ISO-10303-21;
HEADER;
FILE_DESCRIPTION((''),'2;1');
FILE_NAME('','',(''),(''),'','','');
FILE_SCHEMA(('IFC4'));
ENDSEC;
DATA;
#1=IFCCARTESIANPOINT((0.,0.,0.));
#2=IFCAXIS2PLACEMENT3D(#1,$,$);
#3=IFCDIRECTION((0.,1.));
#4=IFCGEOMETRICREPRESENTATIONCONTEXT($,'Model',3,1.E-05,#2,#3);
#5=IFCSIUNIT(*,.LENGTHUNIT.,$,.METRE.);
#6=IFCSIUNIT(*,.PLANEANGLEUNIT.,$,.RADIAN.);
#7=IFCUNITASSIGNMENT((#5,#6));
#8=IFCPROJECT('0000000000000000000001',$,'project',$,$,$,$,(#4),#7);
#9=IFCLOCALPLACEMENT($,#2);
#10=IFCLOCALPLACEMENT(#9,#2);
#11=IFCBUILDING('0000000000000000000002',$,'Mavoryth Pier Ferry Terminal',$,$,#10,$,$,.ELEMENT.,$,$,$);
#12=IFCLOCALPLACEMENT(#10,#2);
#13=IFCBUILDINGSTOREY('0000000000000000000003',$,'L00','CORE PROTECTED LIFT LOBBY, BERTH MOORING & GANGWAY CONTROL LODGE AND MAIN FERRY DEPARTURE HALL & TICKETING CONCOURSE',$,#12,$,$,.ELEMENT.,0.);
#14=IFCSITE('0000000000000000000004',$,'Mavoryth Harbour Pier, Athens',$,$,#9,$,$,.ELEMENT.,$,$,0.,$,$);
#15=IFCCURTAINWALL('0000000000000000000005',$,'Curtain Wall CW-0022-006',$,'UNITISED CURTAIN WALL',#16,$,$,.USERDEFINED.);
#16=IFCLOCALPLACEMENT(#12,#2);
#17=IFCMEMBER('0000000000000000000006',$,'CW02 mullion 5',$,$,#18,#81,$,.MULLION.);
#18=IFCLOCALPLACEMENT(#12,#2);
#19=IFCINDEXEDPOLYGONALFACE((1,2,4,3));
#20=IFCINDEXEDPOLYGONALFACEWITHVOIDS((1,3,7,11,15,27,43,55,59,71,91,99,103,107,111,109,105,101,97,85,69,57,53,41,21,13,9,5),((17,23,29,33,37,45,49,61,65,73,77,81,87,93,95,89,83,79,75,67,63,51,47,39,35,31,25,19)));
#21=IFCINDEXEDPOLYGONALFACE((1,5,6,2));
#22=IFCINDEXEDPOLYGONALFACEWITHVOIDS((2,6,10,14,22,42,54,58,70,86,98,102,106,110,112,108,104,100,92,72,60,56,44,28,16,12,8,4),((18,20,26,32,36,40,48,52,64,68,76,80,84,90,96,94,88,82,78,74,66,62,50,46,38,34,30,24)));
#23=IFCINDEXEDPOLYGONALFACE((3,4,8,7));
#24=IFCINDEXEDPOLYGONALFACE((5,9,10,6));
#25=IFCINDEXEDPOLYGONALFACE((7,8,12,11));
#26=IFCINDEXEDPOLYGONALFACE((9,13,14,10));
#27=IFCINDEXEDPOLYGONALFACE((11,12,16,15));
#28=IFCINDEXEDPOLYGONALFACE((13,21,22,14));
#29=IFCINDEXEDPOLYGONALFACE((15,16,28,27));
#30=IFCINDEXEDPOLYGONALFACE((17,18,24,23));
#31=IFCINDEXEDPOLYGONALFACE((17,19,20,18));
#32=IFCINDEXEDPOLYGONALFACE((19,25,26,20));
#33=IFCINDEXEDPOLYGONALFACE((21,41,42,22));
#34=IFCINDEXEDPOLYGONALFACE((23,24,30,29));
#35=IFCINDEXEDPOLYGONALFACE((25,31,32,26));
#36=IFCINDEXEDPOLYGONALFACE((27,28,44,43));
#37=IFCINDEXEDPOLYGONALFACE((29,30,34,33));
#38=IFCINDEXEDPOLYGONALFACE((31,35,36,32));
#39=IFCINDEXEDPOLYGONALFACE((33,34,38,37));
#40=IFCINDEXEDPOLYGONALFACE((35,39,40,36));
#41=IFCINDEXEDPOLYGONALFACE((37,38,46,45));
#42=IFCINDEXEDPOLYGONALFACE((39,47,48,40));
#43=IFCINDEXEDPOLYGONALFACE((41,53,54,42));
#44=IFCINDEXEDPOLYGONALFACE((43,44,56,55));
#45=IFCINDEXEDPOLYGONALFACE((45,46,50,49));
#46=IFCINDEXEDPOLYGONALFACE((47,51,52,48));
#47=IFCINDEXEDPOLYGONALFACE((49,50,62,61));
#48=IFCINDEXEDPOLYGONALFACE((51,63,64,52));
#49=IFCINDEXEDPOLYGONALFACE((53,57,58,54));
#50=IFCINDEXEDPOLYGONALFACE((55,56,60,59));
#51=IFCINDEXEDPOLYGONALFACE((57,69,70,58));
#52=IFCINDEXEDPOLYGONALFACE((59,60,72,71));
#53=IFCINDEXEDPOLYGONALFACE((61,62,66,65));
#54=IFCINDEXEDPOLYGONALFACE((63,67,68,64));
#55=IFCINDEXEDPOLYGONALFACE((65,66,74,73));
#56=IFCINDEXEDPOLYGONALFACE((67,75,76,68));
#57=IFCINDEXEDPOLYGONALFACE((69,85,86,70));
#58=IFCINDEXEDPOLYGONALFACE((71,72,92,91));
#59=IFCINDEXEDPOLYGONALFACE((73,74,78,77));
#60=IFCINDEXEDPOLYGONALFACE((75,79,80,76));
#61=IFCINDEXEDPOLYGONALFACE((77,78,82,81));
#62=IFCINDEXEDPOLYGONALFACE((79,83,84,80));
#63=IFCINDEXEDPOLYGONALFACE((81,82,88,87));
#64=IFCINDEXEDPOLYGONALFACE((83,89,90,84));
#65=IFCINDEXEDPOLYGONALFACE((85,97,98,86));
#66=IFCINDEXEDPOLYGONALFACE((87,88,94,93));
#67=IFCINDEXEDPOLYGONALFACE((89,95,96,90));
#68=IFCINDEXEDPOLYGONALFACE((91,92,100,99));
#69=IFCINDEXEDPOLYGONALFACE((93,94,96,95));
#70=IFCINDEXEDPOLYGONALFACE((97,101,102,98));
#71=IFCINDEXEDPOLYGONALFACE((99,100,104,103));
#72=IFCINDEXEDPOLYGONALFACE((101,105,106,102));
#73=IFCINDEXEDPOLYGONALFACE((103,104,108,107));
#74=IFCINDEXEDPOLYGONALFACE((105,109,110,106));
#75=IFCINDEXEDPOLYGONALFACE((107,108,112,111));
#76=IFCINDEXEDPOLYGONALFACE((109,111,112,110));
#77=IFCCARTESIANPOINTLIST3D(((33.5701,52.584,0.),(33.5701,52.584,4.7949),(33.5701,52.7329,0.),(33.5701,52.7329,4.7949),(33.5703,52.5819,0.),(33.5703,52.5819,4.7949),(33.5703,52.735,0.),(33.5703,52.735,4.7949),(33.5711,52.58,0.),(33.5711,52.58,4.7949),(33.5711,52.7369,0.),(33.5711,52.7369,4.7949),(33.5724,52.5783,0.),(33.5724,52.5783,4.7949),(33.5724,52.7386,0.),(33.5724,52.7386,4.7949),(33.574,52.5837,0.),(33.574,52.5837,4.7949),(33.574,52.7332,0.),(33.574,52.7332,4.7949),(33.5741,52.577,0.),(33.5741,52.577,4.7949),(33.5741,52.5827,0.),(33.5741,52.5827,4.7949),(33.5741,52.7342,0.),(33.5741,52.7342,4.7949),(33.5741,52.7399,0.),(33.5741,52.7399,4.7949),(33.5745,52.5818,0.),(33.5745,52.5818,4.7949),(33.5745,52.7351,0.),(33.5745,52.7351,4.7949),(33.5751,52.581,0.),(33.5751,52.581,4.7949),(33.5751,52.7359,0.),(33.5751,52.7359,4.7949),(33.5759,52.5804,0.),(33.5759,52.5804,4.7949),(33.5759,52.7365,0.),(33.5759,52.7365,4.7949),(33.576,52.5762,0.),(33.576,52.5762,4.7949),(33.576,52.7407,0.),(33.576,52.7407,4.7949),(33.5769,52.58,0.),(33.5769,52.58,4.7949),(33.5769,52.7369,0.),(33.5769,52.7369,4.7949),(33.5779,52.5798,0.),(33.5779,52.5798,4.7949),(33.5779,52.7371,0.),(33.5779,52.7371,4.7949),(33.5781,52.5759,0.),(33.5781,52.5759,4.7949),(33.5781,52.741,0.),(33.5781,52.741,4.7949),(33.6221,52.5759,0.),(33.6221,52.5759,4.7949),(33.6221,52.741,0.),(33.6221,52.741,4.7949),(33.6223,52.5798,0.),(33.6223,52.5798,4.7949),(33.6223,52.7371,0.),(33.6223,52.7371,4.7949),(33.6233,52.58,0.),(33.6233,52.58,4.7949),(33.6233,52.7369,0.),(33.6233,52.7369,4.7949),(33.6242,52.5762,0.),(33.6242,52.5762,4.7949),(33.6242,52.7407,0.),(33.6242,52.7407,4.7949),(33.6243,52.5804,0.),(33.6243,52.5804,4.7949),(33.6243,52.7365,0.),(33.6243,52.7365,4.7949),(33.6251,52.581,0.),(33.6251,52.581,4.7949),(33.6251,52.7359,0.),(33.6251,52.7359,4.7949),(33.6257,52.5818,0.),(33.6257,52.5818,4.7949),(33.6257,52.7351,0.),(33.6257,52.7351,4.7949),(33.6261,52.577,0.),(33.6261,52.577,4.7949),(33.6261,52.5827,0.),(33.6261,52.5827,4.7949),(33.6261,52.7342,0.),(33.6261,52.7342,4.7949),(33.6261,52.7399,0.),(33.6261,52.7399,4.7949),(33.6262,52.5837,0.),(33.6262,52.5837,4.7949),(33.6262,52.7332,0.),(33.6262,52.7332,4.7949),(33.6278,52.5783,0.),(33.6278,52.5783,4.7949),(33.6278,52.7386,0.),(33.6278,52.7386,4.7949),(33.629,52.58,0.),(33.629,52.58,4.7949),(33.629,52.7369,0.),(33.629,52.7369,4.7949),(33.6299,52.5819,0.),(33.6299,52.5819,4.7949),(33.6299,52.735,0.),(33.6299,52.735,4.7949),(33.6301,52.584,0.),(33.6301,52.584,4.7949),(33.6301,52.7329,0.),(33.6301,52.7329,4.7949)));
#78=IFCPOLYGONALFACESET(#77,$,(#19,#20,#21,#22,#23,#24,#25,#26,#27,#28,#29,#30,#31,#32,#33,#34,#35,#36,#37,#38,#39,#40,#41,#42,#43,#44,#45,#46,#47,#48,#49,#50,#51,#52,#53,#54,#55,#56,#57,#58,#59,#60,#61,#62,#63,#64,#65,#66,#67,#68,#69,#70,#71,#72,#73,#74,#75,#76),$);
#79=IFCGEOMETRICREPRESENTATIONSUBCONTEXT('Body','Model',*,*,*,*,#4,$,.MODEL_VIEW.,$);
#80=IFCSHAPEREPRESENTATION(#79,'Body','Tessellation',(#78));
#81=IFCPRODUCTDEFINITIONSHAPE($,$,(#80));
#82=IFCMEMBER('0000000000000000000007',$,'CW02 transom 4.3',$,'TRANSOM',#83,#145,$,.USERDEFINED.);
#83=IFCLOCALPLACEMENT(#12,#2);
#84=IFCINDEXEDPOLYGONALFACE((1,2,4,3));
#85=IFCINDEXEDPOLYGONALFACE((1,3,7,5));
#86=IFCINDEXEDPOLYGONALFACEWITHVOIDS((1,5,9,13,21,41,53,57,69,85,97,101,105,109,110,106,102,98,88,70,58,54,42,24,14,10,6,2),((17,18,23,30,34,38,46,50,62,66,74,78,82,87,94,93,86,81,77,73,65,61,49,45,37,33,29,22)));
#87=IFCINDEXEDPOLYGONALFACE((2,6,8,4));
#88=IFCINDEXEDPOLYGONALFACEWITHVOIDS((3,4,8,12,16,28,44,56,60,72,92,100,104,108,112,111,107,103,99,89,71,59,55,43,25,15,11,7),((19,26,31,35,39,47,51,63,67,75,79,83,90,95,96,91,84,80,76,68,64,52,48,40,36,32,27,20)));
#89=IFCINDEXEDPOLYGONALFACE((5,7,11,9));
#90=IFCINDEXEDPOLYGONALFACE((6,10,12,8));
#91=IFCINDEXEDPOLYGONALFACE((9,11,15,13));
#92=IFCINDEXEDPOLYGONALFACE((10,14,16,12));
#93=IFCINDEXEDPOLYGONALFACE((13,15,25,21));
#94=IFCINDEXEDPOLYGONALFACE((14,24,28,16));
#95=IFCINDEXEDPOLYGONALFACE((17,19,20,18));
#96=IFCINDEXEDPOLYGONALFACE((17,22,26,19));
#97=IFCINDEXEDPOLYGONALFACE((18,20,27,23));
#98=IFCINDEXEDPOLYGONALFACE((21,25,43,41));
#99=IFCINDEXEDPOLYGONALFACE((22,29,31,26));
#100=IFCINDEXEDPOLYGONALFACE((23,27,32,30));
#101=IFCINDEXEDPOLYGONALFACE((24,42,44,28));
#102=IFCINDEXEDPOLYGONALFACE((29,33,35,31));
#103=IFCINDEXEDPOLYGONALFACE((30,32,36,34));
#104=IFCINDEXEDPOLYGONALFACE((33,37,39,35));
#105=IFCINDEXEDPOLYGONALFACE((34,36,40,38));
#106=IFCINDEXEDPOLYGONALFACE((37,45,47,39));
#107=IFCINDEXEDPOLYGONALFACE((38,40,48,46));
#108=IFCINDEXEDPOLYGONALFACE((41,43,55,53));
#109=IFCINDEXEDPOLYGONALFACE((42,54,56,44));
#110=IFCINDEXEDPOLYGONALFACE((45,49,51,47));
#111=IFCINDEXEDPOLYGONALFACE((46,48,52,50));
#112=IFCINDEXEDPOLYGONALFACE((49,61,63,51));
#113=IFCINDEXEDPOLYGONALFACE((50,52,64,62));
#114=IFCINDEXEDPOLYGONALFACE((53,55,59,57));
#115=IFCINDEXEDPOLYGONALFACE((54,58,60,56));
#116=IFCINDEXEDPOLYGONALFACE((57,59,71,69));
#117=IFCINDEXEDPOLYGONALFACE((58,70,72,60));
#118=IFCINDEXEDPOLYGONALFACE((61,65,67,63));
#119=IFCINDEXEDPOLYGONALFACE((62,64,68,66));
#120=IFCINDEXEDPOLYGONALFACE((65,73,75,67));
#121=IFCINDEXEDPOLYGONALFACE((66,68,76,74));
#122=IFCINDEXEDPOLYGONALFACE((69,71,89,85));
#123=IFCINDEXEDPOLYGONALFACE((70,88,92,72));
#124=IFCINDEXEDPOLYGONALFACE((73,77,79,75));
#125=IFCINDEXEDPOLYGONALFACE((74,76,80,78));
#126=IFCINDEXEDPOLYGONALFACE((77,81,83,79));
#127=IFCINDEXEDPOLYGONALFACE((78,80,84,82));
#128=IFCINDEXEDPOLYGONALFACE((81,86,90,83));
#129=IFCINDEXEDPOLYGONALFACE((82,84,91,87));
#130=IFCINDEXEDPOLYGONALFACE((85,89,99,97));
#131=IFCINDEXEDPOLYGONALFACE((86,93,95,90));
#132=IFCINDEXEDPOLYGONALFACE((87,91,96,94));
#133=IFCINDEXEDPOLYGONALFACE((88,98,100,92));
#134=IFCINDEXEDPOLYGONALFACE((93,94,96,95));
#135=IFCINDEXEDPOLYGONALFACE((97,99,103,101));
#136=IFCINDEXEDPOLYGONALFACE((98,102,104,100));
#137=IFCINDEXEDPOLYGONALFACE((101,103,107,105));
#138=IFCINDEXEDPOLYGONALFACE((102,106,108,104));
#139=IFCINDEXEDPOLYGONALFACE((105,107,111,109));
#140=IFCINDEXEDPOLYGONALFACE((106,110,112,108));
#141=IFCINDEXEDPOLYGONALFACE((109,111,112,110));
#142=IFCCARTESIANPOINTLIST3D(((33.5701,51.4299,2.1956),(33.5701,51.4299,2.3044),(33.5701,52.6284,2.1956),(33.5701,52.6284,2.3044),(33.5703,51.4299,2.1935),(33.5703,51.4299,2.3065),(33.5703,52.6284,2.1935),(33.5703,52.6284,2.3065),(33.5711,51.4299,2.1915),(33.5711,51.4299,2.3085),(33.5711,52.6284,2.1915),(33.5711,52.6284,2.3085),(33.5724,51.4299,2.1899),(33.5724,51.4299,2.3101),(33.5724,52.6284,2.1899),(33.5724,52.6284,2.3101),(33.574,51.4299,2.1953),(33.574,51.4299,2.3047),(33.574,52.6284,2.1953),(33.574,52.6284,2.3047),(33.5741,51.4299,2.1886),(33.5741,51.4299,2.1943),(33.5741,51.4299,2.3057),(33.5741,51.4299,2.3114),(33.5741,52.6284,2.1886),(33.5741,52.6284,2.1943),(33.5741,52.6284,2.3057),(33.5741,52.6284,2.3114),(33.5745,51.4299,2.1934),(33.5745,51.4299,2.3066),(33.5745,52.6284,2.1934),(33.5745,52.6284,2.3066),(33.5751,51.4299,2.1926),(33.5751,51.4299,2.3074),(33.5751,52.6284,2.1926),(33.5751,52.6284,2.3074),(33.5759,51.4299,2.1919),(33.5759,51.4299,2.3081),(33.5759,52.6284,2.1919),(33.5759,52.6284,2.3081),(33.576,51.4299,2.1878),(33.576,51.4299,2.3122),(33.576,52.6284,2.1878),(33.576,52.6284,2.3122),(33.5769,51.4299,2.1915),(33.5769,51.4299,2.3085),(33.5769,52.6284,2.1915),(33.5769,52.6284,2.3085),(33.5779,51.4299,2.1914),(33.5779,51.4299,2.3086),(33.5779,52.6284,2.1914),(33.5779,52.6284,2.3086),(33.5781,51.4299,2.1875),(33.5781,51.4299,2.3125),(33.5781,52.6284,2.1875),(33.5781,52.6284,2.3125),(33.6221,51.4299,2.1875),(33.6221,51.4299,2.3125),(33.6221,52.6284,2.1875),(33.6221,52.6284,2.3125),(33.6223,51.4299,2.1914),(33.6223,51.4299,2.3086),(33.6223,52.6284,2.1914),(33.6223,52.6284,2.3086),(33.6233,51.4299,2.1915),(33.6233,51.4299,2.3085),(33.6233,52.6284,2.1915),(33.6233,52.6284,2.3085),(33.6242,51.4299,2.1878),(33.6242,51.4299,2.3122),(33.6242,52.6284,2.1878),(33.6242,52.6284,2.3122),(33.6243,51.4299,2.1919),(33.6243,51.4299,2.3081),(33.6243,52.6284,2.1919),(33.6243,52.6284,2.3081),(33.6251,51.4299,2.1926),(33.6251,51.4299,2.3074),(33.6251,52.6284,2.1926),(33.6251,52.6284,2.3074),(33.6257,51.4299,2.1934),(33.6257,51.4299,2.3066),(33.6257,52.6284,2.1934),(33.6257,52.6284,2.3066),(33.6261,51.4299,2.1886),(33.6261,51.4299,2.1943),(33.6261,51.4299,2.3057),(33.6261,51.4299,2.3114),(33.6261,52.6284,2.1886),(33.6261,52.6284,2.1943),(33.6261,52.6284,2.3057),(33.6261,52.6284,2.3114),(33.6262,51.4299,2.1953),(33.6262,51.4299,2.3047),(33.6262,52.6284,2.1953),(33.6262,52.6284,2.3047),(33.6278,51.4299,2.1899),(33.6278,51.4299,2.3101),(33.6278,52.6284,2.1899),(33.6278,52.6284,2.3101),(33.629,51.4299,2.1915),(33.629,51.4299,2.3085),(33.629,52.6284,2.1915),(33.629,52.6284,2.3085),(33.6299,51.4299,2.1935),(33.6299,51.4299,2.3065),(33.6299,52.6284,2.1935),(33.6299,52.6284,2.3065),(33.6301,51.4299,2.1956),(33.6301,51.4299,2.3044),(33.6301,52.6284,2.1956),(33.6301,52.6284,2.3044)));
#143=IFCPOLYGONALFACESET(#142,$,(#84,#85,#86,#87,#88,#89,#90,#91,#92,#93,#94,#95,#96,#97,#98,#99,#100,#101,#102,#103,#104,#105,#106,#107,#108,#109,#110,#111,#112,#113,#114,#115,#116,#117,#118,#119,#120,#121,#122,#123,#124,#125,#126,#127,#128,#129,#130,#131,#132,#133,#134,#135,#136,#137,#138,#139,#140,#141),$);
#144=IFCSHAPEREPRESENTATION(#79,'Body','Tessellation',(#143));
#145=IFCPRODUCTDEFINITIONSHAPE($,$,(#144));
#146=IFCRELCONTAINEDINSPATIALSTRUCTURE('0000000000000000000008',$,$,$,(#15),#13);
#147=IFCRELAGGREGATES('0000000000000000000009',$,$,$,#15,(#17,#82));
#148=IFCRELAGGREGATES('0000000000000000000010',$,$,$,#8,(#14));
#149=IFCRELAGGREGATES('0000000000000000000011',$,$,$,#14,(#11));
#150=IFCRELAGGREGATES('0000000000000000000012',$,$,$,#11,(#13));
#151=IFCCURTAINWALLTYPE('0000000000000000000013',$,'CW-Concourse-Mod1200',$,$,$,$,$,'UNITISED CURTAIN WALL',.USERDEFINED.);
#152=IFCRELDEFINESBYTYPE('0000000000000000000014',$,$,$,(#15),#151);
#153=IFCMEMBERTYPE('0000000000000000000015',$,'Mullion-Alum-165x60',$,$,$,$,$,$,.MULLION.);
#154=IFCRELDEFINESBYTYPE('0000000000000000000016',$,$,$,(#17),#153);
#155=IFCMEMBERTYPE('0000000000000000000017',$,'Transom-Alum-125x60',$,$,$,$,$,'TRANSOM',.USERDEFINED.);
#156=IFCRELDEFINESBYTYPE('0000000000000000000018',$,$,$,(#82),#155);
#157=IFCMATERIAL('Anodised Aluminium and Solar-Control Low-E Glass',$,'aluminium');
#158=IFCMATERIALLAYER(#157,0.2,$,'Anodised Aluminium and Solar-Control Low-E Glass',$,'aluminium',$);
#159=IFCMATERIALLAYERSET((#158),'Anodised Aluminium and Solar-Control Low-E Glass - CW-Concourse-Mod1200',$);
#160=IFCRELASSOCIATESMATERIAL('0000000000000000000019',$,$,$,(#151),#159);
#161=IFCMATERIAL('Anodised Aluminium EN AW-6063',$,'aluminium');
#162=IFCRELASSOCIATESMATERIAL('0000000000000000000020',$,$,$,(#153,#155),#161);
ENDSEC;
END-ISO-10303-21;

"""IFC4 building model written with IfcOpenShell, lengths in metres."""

from ifc_helpers import new_model, si_unit, direction, frame, origin, origin_2d, place, context, subcontext, project, spatial, hollow_rectangle, extrude, material, layer, layer_set, material_profile, profile_set, type_object, element, aggregate, save


model = new_model("IFC4")

# Units and contexts
model_context = context("Model", 3, precision=1e-05, world=origin(), true_north=direction((0.0, 1.0)))
body_context = subcontext(model_context, "Body", "Model", "MODEL_VIEW")
ifc_project = project(units=[si_unit("LENGTHUNIT", "METRE"), si_unit("PLANEANGLEUNIT", "RADIAN")], contexts=[model_context])

# Site, building, storey
site_placement = place(None, origin())
site = spatial("IfcSite", under=ifc_project, at=site_placement, Name="Mavoryth Harbour Pier, Athens", CompositionType="ELEMENT", RefElevation=0.0)
building_placement = place(site_placement, origin())
building = spatial("IfcBuilding", under=site, at=building_placement, Name="Mavoryth Pier Ferry Terminal", CompositionType="ELEMENT")
storey_placement = place(building_placement, origin())
storey = spatial("IfcBuildingStorey", under=building, at=storey_placement, Name="L00", Description="CORE PROTECTED LIFT LOBBY, BERTH MOORING & GANGWAY CONTROL LODGE AND MAIN FERRY DEPARTURE HALL & TICKETING CONCOURSE", CompositionType="ELEMENT", Elevation=0.0)

# Curtain wall, members
ifc_material_1 = material(Name="Anodised Aluminium and Solar-Control Low-E Glass", Category="aluminium")
ifc_layer_1 = layer(ifc_material_1, 0.2, Name="Anodised Aluminium and Solar-Control Low-E Glass", Category="aluminium")
ifc_layer_set_1 = layer_set([ifc_layer_1], Name="Anodised Aluminium and Solar-Control Low-E Glass - CW-Concourse-Mod1200")
curtain_wall_type = type_object("IfcCurtainWallType", Name="CW-Concourse-Mod1200", ElementType="UNITISED CURTAIN WALL", PredefinedType="USERDEFINED", material=ifc_layer_set_1)
curtain_wall_placement = place(storey_placement, origin())
curtain_wall = element("IfcCurtainWall", 1, at=curtain_wall_placement, inside=storey, type_object=curtain_wall_type, Name="Curtain Wall CW-0022-006", ObjectType="UNITISED CURTAIN WALL", PredefinedType="USERDEFINED")
ifc_material_2 = material(Name="Anodised Aluminium EN AW-6063", Category="aluminium")
ifc_material_profile_1 = material_profile(ifc_material_2, hollow_rectangle(XDim=0.0601, YDim=0.165, WallThickness=0.0039, InnerFilletRadius=0.0039, OuterFilletRadius=0.0081, at=origin_2d()), Name="AL-MULL 165x60x4", Category="aluminium")
ifc_profile_set_1 = profile_set([ifc_material_profile_1], Name="Anodised Aluminium EN AW-6063 - AL-MULL 165x60x4")
member_type_1 = type_object("IfcMemberType", Name="Mullion-Alum-165x60", PredefinedType="MULLION", material=ifc_profile_set_1)
member_1_placement = place(storey_placement, frame((33.6001, 52.6584, 0.0), z_axis=(0.0, 0.0, 1.0), x_axis=(-1.0, 0.0, 0.0)))
member_1 = element("IfcMember", 2, at=member_1_placement, type_object=member_type_1, Name="CW02 mullion 5", PredefinedType="MULLION", context=body_context, shape_type="SweptSolid", body=[
    extrude(hollow_rectangle(XDim=0.0601, YDim=0.165, WallThickness=0.0039, InnerFilletRadius=0.0039, OuterFilletRadius=0.0081, at=origin_2d()), origin(), (0.0, 0.0, 1.0), 4.7949),
])
ifc_material_profile_2 = material_profile(ifc_material_2, hollow_rectangle(XDim=0.0601, YDim=0.125, WallThickness=0.0039, InnerFilletRadius=0.0039, OuterFilletRadius=0.0081, at=origin_2d()), Name="AL-TRAN 125x60x4", Category="aluminium")
ifc_profile_set_2 = profile_set([ifc_material_profile_2], Name="Anodised Aluminium EN AW-6063 - AL-TRAN 125x60x4")
member_type_2 = type_object("IfcMemberType", Name="Transom-Alum-125x60", ElementType="TRANSOM", PredefinedType="USERDEFINED", material=ifc_profile_set_2)
member_2_placement = place(storey_placement, frame((33.6001, 51.4299, 2.25), z_axis=(0.0, 1.0, 0.0), x_axis=(-1.0, 0.0, 0.0)))
member_2 = element("IfcMember", 3, at=member_2_placement, type_object=member_type_2, Name="CW02 transom 4.3", ObjectType="TRANSOM", PredefinedType="USERDEFINED", context=body_context, shape_type="SweptSolid", body=[
    extrude(hollow_rectangle(XDim=0.0601, YDim=0.125, WallThickness=0.0039, InnerFilletRadius=0.0039, OuterFilletRadius=0.0081, at=origin_2d()), origin(), (0.0, 0.0, 1.0), 1.1985),
])
aggregate(curtain_wall, [member_1, member_2])

save(model, "model.ifc")
